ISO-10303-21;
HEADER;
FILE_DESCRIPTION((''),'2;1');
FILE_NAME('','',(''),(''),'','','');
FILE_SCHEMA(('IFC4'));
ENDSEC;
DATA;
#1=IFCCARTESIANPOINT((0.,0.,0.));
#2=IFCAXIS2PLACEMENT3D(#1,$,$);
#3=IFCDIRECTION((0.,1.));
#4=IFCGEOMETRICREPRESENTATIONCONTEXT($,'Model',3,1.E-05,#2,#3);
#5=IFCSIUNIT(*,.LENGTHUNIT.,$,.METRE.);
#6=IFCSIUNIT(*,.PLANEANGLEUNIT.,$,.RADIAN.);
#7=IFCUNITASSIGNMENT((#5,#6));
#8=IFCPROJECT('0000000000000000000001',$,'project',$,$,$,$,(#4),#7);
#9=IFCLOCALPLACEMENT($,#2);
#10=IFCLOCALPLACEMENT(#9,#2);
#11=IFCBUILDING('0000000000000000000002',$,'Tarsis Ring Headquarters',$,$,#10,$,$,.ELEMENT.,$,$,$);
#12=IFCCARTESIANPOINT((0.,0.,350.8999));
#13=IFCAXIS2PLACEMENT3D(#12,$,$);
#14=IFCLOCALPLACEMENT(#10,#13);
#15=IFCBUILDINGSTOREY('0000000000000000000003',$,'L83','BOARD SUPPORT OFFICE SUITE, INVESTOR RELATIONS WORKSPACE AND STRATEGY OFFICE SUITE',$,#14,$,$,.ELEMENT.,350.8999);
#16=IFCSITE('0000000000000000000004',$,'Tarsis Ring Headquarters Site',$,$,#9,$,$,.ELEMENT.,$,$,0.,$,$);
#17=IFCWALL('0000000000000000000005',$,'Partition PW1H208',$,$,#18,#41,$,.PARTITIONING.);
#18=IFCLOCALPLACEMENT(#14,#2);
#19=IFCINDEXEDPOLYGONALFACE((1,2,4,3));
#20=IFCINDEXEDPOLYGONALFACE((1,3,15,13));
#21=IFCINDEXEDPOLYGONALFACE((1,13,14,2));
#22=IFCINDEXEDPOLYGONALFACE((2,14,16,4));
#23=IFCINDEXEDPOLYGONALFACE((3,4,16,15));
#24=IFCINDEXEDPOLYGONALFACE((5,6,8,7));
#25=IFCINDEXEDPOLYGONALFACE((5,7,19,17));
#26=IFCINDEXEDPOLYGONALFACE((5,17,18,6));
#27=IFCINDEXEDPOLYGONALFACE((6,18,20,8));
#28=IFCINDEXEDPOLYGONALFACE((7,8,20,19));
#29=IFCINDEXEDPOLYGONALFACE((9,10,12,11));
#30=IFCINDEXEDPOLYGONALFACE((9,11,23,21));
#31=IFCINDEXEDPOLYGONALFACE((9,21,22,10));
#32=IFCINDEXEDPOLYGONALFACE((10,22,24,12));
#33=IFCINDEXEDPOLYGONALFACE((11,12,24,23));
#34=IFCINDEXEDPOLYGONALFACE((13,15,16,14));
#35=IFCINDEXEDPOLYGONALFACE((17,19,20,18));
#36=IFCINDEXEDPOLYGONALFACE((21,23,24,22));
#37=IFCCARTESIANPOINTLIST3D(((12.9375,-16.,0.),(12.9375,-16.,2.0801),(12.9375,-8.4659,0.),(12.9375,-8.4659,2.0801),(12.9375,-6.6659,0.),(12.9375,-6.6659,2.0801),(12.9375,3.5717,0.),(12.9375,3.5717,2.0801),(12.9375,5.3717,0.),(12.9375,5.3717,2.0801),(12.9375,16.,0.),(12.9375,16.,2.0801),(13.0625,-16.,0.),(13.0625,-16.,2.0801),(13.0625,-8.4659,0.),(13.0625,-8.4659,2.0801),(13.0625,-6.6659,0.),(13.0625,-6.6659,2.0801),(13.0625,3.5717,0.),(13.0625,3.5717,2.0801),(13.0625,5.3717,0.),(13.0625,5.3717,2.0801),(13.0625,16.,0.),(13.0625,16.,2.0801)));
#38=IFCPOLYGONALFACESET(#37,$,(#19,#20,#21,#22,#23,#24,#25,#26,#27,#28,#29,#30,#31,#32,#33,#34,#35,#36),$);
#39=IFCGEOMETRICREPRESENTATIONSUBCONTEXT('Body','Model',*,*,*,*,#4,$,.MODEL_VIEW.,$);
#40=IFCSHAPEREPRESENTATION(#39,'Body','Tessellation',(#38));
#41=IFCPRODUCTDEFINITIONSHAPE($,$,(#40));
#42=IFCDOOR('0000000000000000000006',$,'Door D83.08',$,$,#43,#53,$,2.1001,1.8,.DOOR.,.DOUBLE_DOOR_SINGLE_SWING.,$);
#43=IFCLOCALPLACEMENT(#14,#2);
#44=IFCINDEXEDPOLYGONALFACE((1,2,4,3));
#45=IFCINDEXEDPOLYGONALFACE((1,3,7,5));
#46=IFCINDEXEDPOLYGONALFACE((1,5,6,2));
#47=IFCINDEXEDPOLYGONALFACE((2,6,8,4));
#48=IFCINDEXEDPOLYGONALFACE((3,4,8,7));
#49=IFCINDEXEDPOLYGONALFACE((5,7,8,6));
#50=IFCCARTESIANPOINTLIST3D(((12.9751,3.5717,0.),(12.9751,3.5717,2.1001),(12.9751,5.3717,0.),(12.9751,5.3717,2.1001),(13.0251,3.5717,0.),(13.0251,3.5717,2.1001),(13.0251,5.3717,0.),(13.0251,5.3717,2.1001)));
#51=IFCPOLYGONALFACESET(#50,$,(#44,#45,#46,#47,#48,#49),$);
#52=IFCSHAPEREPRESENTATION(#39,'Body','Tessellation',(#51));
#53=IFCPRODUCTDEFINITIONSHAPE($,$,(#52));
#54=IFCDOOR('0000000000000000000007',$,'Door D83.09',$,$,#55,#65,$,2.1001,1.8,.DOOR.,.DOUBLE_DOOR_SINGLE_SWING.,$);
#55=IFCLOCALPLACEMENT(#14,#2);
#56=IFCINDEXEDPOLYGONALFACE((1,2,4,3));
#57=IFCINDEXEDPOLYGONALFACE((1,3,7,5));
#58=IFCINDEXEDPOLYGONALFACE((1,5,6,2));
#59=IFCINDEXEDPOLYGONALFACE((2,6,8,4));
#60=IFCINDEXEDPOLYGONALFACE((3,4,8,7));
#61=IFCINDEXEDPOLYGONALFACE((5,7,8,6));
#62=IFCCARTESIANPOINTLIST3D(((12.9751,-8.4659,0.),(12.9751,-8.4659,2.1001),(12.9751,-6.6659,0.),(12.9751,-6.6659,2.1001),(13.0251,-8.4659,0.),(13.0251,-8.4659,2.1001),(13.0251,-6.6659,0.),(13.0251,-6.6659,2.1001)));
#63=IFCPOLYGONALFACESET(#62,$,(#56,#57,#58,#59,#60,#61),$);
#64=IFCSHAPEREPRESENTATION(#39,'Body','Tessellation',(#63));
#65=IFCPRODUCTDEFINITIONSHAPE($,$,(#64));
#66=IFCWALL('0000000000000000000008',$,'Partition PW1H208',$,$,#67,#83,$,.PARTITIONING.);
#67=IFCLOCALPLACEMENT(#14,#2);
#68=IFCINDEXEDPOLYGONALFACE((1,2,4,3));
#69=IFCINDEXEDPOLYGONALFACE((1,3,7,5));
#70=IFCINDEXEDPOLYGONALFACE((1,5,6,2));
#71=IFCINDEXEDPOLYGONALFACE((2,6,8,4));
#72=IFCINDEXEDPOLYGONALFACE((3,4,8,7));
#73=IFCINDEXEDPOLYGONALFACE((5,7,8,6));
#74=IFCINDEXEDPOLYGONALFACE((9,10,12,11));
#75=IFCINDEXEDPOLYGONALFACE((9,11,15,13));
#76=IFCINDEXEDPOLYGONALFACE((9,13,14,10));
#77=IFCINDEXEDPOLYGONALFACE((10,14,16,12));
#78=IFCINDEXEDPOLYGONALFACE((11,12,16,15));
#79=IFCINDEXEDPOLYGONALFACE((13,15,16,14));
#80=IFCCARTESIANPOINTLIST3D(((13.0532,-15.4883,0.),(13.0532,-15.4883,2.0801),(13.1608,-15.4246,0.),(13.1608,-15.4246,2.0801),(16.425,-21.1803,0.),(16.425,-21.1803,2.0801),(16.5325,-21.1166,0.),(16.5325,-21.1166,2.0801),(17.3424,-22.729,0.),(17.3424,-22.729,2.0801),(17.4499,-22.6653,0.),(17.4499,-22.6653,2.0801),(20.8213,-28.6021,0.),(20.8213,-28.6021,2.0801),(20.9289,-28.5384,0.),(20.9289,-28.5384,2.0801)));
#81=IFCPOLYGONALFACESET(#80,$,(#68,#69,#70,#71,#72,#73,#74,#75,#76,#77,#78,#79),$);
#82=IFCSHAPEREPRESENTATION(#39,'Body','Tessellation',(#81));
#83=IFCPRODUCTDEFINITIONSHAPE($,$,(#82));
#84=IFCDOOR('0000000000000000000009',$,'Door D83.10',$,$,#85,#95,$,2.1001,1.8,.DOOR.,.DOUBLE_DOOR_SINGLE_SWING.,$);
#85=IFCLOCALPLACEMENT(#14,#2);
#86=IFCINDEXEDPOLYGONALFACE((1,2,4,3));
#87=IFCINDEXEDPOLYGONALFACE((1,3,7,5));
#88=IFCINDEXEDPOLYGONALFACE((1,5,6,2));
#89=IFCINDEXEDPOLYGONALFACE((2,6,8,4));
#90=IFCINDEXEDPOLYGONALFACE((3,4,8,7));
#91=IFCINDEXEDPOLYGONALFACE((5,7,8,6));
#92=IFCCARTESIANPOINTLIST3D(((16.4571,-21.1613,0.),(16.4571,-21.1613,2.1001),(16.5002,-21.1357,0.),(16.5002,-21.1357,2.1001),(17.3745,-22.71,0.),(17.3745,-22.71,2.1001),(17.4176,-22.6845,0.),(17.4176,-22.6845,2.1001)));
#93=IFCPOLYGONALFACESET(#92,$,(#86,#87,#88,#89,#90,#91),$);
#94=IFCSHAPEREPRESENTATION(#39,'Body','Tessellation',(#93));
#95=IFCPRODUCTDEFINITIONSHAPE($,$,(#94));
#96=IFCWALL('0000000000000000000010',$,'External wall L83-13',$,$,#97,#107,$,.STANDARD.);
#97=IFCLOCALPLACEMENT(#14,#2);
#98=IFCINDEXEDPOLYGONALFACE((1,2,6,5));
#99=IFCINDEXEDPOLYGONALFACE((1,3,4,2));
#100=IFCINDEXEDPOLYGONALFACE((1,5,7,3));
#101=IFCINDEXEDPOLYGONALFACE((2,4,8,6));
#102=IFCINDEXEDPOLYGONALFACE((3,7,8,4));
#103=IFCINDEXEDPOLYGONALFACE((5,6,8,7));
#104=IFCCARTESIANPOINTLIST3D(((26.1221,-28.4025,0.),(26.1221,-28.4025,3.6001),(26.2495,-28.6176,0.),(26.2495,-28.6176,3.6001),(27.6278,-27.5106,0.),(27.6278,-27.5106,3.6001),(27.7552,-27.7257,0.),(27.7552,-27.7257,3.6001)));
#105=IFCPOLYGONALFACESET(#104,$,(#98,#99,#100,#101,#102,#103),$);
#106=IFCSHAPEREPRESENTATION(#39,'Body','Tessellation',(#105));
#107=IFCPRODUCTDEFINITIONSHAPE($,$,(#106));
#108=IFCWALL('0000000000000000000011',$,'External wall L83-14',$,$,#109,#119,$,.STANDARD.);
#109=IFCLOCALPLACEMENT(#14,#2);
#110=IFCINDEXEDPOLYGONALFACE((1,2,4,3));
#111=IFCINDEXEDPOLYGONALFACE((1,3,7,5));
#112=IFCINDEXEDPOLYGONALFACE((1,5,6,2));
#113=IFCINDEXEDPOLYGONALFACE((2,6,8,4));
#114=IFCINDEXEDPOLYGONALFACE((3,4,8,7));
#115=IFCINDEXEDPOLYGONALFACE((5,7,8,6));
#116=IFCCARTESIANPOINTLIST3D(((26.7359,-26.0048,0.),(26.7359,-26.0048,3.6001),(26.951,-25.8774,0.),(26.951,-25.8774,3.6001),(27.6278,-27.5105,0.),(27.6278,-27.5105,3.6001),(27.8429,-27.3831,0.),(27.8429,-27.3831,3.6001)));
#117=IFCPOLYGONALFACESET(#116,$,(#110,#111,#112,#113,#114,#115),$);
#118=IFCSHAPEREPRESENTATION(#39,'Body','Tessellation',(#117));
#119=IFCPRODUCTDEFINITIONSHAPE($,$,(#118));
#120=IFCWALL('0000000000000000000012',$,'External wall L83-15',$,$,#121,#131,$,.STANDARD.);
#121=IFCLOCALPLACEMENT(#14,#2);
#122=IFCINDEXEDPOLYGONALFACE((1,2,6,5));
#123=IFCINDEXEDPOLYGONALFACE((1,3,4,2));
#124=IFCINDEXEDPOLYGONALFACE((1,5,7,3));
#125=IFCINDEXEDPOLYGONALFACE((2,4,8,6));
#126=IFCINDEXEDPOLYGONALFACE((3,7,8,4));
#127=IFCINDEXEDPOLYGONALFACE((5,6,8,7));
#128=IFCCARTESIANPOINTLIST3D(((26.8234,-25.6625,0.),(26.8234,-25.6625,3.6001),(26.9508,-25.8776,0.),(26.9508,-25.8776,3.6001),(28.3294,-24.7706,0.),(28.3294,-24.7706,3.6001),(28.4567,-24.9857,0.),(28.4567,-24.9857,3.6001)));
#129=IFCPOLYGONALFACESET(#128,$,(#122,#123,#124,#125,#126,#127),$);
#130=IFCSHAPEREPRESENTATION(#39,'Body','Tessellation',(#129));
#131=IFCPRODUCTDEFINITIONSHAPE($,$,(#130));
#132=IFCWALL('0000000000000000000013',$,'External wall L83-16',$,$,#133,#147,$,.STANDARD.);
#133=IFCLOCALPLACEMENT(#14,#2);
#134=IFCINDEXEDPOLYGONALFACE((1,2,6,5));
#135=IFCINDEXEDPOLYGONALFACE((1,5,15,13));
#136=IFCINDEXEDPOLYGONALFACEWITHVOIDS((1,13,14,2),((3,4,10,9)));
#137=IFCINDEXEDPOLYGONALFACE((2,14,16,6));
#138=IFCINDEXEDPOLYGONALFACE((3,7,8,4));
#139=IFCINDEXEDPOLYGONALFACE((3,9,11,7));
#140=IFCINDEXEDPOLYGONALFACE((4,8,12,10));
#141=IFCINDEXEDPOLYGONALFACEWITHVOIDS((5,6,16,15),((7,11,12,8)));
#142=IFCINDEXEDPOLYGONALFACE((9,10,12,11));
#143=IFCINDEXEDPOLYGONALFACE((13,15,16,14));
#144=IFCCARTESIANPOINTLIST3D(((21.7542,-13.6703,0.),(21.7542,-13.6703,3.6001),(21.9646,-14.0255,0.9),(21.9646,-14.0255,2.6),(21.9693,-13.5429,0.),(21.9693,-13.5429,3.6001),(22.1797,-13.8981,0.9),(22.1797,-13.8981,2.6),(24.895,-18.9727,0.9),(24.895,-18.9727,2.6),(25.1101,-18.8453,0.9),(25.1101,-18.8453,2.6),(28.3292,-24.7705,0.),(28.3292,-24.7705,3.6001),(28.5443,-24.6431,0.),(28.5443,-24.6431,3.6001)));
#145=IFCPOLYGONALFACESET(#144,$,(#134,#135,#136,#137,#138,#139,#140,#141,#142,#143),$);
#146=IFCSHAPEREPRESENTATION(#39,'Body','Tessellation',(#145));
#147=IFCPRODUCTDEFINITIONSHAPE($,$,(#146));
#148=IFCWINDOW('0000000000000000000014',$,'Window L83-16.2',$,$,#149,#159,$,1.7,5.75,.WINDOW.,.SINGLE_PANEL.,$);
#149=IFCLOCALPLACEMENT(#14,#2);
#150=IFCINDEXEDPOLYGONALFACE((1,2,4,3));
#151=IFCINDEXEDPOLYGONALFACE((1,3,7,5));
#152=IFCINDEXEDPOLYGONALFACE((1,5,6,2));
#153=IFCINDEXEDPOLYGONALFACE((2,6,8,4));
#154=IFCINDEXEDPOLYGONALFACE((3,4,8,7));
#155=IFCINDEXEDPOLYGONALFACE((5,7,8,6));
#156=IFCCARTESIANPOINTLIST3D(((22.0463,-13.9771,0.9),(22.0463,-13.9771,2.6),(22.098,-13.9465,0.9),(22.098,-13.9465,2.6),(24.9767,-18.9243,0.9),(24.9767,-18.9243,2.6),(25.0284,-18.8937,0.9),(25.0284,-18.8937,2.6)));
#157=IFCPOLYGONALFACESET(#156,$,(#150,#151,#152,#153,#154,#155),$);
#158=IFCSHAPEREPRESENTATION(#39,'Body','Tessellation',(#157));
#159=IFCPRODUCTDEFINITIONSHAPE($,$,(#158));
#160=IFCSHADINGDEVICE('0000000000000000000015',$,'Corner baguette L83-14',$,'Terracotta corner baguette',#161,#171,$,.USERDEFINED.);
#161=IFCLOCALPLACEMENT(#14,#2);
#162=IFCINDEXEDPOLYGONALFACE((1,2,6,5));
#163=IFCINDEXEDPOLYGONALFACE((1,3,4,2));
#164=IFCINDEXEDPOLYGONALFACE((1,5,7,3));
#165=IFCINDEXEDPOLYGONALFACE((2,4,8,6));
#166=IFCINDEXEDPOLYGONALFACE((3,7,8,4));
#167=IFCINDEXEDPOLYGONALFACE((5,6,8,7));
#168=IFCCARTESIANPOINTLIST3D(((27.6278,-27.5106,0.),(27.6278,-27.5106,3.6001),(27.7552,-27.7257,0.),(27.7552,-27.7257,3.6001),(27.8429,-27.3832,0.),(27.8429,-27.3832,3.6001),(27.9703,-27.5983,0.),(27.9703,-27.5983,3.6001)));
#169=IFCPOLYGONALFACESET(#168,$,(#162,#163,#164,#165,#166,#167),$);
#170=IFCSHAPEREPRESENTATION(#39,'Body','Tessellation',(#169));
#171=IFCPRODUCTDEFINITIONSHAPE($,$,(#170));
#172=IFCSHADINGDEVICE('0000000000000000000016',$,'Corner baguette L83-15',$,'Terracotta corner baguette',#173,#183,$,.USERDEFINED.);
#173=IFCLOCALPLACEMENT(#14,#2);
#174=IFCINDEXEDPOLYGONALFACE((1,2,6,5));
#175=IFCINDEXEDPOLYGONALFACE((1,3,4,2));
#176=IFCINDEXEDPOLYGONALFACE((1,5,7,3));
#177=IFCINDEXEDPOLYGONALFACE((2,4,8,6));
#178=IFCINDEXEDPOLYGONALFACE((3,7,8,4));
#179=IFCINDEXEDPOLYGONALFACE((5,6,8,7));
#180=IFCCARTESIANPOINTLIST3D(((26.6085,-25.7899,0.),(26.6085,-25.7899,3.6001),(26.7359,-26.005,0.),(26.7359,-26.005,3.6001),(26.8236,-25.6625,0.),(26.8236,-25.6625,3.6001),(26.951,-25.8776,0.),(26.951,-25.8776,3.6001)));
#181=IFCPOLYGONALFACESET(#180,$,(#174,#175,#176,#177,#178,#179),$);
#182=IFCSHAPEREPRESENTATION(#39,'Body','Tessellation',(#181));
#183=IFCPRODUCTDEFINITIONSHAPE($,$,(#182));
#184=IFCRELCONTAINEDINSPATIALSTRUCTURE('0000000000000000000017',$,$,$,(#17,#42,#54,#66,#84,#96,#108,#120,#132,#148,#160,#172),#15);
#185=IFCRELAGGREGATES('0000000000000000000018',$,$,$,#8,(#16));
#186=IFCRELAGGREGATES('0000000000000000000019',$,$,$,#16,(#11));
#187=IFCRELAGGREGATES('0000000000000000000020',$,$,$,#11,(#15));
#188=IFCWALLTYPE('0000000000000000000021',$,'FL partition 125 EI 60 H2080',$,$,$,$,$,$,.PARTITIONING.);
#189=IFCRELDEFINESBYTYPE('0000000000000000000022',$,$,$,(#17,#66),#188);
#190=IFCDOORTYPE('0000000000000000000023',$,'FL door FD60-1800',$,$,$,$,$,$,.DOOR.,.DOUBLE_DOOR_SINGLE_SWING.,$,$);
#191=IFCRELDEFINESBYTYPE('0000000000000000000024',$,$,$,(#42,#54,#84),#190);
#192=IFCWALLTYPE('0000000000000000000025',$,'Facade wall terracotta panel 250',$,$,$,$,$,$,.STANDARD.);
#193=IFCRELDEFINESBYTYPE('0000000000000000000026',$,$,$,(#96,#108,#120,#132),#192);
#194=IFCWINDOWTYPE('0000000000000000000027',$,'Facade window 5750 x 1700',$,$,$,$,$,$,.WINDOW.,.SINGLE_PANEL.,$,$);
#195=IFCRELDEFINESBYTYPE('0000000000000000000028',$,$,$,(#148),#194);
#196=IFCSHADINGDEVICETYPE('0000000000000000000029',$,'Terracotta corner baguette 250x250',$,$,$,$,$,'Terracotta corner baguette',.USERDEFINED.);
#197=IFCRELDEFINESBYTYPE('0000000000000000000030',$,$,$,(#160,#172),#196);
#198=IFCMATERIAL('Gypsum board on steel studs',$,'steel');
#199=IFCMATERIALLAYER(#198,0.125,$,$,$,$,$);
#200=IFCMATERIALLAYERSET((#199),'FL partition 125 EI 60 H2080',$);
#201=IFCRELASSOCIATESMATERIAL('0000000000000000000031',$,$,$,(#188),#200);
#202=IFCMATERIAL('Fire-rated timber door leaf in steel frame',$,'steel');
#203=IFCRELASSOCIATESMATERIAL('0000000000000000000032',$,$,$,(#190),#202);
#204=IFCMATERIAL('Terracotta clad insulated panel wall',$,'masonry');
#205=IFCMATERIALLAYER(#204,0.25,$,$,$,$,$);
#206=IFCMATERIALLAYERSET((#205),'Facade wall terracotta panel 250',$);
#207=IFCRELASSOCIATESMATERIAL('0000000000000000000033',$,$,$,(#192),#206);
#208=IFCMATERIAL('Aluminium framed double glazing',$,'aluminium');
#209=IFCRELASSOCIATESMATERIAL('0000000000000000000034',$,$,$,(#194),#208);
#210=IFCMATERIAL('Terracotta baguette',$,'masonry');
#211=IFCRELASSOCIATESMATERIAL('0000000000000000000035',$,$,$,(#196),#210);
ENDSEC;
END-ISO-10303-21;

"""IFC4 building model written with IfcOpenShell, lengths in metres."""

from ifc_helpers import new_model, si_unit, direction, frame, frame_2d, origin, origin_2d, place, context, subcontext, project, spatial, rectangle, extrude, material, layer, layer_set, type_object, element, fill, save


model = new_model("IFC4")

# Units and contexts
model_context = context("Model", 3, precision=1e-05, world=origin(), true_north=direction((0.0, 1.0)))
body_context = subcontext(model_context, "Body", "Model", "MODEL_VIEW")
ifc_project = project(units=[si_unit("LENGTHUNIT", "METRE"), si_unit("PLANEANGLEUNIT", "RADIAN")], contexts=[model_context])

# Site, building, storey
site_placement = place(None, origin())
site = spatial("IfcSite", under=ifc_project, at=site_placement, Name="Tarsis Ring Headquarters Site", CompositionType="ELEMENT", RefElevation=0.0)
building_placement = place(site_placement, origin())
building = spatial("IfcBuilding", under=site, at=building_placement, Name="Tarsis Ring Headquarters", CompositionType="ELEMENT")
storey_placement = place(building_placement, frame((0.0, 0.0, 350.8999)))
storey = spatial("IfcBuildingStorey", under=building, at=storey_placement, Name="L83", Description="BOARD SUPPORT OFFICE SUITE, INVESTOR RELATIONS WORKSPACE AND STRATEGY OFFICE SUITE", CompositionType="ELEMENT", Elevation=350.8999)

# Wall, openings, doors
ifc_material_1 = material(Name="Gypsum board on steel studs", Category="steel")
ifc_layer_1 = layer(ifc_material_1, 0.125)
ifc_layer_set_1 = layer_set([ifc_layer_1], Name="FL partition 125 EI 60 H2080")
wall_type_1 = type_object("IfcWallType", Name="FL partition 125 EI 60 H2080", PredefinedType="PARTITIONING", material=ifc_layer_set_1)
wall_1_placement = place(storey_placement, frame((13.0, -16.0, 0.0), z_axis=(0.0, 0.0, 1.0), x_axis=(0.0, 1.0, 0.0)))
wall_1 = element("IfcWall", 1, at=wall_1_placement, inside=storey, type_object=wall_type_1, Name="Partition PW1H208", PredefinedType="PARTITIONING", context=body_context, shape_type="SweptSolid", body=[
    extrude(rectangle(XDim=32.0, YDim=0.125, at=frame_2d((16.0, 0.0))), origin(), (0.0, 0.0, 1.0), 2.0801),
])
opening_1_placement = place(wall_1_placement, frame((19.5718, 0.0, 0.0)))
opening_1 = element("IfcOpeningElement", 2, at=opening_1_placement, cuts=wall_1, PredefinedType="OPENING", context=body_context, shape_type="SweptSolid", body=[
    extrude(rectangle(XDim=1.8, YDim=2.1001, at=frame_2d((0.8999, 1.05))), frame((0.0, 0.0725, 0.0), z_axis=(0.0, -1.0, 0.0), x_axis=(1.0, 0.0, 0.0)), (0.0, 0.0, 1.0), 0.145),
])
opening_2_placement = place(wall_1_placement, frame((7.5342, 0.0, 0.0)))
opening_2 = element("IfcOpeningElement", 3, at=opening_2_placement, cuts=wall_1, PredefinedType="OPENING", context=body_context, shape_type="SweptSolid", body=[
    extrude(rectangle(XDim=1.8, YDim=2.1001, at=frame_2d((0.8999, 1.05))), frame((0.0, 0.0725, 0.0), z_axis=(0.0, -1.0, 0.0), x_axis=(1.0, 0.0, 0.0)), (0.0, 0.0, 1.0), 0.145),
])
ifc_material_2 = material(Name="Fire-rated timber door leaf in steel frame", Category="steel")
door_type = type_object("IfcDoorType", Name="FL door FD60-1800", OperationType="DOUBLE_DOOR_SINGLE_SWING", PredefinedType="DOOR", material=ifc_material_2)
door_1_placement = place(opening_1_placement, origin())
door_1 = element("IfcDoor", 4, at=door_1_placement, inside=storey, type_object=door_type, Name="Door D83.08", OperationType="DOUBLE_DOOR_SINGLE_SWING", OverallHeight=2.1001, OverallWidth=1.8, PredefinedType="DOOR", context=body_context, shape_type="SweptSolid", body=[
    extrude(rectangle(XDim=1.8, YDim=2.1001, at=frame_2d((0.8999, 1.05))), frame((0.0, 0.0249, 0.0), z_axis=(0.0, -1.0, 0.0), x_axis=(1.0, 0.0, 0.0)), (0.0, 0.0, 1.0), 0.05),
])
fill(opening_1, door_1)
door_2_placement = place(opening_2_placement, origin())
door_2 = element("IfcDoor", 5, at=door_2_placement, inside=storey, type_object=door_type, Name="Door D83.09", OperationType="DOUBLE_DOOR_SINGLE_SWING", OverallHeight=2.1001, OverallWidth=1.8, PredefinedType="DOOR", context=body_context, shape_type="SweptSolid", body=[
    extrude(rectangle(XDim=1.8, YDim=2.1001, at=frame_2d((0.8999, 1.05))), frame((0.0, 0.0249, 0.0), z_axis=(0.0, -1.0, 0.0), x_axis=(1.0, 0.0, 0.0)), (0.0, 0.0, 1.0), 0.05),
])
fill(opening_2, door_2)

# Wall, opening, door
wall_2_placement = place(storey_placement, frame((13.1069, -15.4563, 0.0), z_axis=(0.0, 0.0, 1.0), x_axis=(0.509654, -0.860379, 0.0)))
wall_2 = element("IfcWall", 6, at=wall_2_placement, inside=storey, type_object=wall_type_1, Name="Partition PW1H208", PredefinedType="PARTITIONING", context=body_context, shape_type="SweptSolid", body=[
    extrude(rectangle(XDim=15.2419, YDim=0.125, at=frame_2d((7.6211, 0.0))), origin(), (0.0, 0.0, 1.0), 2.0801),
])
opening_3_placement = place(wall_2_placement, frame((6.616, 0.0, 0.0)))
opening_3 = element("IfcOpeningElement", 7, at=opening_3_placement, cuts=wall_2, PredefinedType="OPENING", context=body_context, shape_type="SweptSolid", body=[
    extrude(rectangle(XDim=1.8, YDim=2.1001, at=frame_2d((0.8999, 1.05))), frame((0.0, 0.0725, 0.0), z_axis=(0.0, -1.0, 0.0), x_axis=(1.0, 0.0, 0.0)), (0.0, 0.0, 1.0), 0.145),
])
door_3_placement = place(opening_3_placement, origin())
door_3 = element("IfcDoor", 8, at=door_3_placement, inside=storey, type_object=door_type, Name="Door D83.10", OperationType="DOUBLE_DOOR_SINGLE_SWING", OverallHeight=2.1001, OverallWidth=1.8, PredefinedType="DOOR", context=body_context, shape_type="SweptSolid", body=[
    extrude(rectangle(XDim=1.8, YDim=2.1001, at=frame_2d((0.8999, 1.05))), frame((0.0, 0.0249, 0.0), z_axis=(0.0, -1.0, 0.0), x_axis=(1.0, 0.0, 0.0)), (0.0, 0.0, 1.0), 0.05),
])
fill(opening_3, door_3)

# Walls
ifc_material_3 = material(Name="Terracotta clad insulated panel wall", Category="masonry")
ifc_layer_2 = layer(ifc_material_3, 0.25)
ifc_layer_set_2 = layer_set([ifc_layer_2], Name="Facade wall terracotta panel 250")
wall_type_2 = type_object("IfcWallType", Name="Facade wall terracotta panel 250", PredefinedType="STANDARD", material=ifc_layer_set_2)
for number, where, z_axis, x_axis, name in (
    (9, (26.1858, -28.51, 0.0), (0.0, 0.0, 1.0), (0.860384, 0.509646, 0.0), "External wall L83-13"),
    (10, (27.7354, -27.4468, 0.0), (0.0, 0.0, 1.0), (-0.509646, 0.860384, 0.0), "External wall L83-14"),
):
    element("IfcWall", number, at=place(storey_placement, frame(where, z_axis=z_axis, x_axis=x_axis)), inside=storey, type_object=wall_type_2, Name=name, PredefinedType="STANDARD", context=body_context, shape_type="SweptSolid", body=[
        extrude(rectangle(XDim=1.75, YDim=0.25, at=frame_2d((0.875, 0.0))), origin(), (0.0, 0.0, 1.0), 3.6001),
    ])
wall_3_placement = place(storey_placement, frame((26.8872, -25.77, 0.0), z_axis=(0.0, 0.0, 1.0), x_axis=(0.860421, 0.509584, 0.0)))
element("IfcWall", 11, at=wall_3_placement, inside=storey, type_object=wall_type_2, Name="External wall L83-15", PredefinedType="STANDARD", context=body_context, shape_type="SweptSolid", body=[
    extrude(rectangle(XDim=1.7502, YDim=0.25, at=frame_2d((0.875, 0.0))), origin(), (0.0, 0.0, 1.0), 3.6001),
])

# Wall, opening, window
wall_4_placement = place(storey_placement, frame((28.4368, -24.7068, 0.0), z_axis=(0.0, 0.0, 1.0), x_axis=(-0.509637, 0.86039, 0.0)))
wall_4 = element("IfcWall", 12, at=wall_4_placement, inside=storey, type_object=wall_type_2, Name="External wall L83-16", PredefinedType="STANDARD", context=body_context, shape_type="SweptSolid", body=[
    extrude(rectangle(XDim=12.9014, YDim=0.25, at=frame_2d((6.4507, 0.0))), origin(), (0.0, 0.0, 1.0), 3.6001),
])
opening_4_placement = place(wall_4_placement, frame((6.7385, 0.0, 0.8999)))
opening_4 = element("IfcOpeningElement", 13, at=opening_4_placement, cuts=wall_4, PredefinedType="OPENING", context=body_context, shape_type="SweptSolid", body=[
    extrude(rectangle(XDim=5.75, YDim=1.7, at=frame_2d((2.875, 0.8501))), frame((0.0, 0.135, 0.0), z_axis=(0.0, -1.0, 0.0), x_axis=(1.0, 0.0, 0.0)), (0.0, 0.0, 1.0), 0.27),
])
ifc_material_4 = material(Name="Aluminium framed double glazing", Category="aluminium")
window_type = type_object("IfcWindowType", Name="Facade window 5750 x 1700", PartitioningType="SINGLE_PANEL", PredefinedType="WINDOW", material=ifc_material_4)
window_placement = place(opening_4_placement, origin())
window = element("IfcWindow", 14, at=window_placement, inside=storey, type_object=window_type, Name="Window L83-16.2", OverallHeight=1.7, OverallWidth=5.75, PartitioningType="SINGLE_PANEL", PredefinedType="WINDOW", context=body_context, shape_type="SweptSolid", body=[
    extrude(rectangle(XDim=5.75, YDim=1.7, at=frame_2d((2.875, 0.8501))), frame((0.0, 0.03, 0.0), z_axis=(0.0, -1.0, 0.0), x_axis=(1.0, 0.0, 0.0)), (0.0, 0.0, 1.0), 0.0601),
])
fill(opening_4, window)

# Shading devices
ifc_material_5 = material(Name="Terracotta baguette", Category="masonry")
shading_device_type = type_object("IfcShadingDeviceType", Name="Terracotta corner baguette 250x250", ElementType="Terracotta corner baguette", PredefinedType="USERDEFINED", material=ifc_material_5)
for number, where, z_axis, x_axis, name in (
    (15, (27.7991, -27.5544, 0.0), (0.0, 0.0, 1.0), (0.860387, 0.509642, 0.0), "Corner baguette L83-14"),
    (16, (26.7798, -25.8337, 0.0), (0.0, 0.0, 1.0), (-0.509642, 0.860387, 0.0), "Corner baguette L83-15"),
):
    element("IfcShadingDevice", number, at=place(storey_placement, frame(where, z_axis=z_axis, x_axis=x_axis)), inside=storey, type_object=shading_device_type, Name=name, ObjectType="Terracotta corner baguette", PredefinedType="USERDEFINED", context=body_context, shape_type="SweptSolid", body=[
        extrude(rectangle(XDim=0.25, YDim=0.25, at=origin_2d()), origin(), (0.0, 0.0, 1.0), 3.6001),
    ])

save(model, "model.ifc")
